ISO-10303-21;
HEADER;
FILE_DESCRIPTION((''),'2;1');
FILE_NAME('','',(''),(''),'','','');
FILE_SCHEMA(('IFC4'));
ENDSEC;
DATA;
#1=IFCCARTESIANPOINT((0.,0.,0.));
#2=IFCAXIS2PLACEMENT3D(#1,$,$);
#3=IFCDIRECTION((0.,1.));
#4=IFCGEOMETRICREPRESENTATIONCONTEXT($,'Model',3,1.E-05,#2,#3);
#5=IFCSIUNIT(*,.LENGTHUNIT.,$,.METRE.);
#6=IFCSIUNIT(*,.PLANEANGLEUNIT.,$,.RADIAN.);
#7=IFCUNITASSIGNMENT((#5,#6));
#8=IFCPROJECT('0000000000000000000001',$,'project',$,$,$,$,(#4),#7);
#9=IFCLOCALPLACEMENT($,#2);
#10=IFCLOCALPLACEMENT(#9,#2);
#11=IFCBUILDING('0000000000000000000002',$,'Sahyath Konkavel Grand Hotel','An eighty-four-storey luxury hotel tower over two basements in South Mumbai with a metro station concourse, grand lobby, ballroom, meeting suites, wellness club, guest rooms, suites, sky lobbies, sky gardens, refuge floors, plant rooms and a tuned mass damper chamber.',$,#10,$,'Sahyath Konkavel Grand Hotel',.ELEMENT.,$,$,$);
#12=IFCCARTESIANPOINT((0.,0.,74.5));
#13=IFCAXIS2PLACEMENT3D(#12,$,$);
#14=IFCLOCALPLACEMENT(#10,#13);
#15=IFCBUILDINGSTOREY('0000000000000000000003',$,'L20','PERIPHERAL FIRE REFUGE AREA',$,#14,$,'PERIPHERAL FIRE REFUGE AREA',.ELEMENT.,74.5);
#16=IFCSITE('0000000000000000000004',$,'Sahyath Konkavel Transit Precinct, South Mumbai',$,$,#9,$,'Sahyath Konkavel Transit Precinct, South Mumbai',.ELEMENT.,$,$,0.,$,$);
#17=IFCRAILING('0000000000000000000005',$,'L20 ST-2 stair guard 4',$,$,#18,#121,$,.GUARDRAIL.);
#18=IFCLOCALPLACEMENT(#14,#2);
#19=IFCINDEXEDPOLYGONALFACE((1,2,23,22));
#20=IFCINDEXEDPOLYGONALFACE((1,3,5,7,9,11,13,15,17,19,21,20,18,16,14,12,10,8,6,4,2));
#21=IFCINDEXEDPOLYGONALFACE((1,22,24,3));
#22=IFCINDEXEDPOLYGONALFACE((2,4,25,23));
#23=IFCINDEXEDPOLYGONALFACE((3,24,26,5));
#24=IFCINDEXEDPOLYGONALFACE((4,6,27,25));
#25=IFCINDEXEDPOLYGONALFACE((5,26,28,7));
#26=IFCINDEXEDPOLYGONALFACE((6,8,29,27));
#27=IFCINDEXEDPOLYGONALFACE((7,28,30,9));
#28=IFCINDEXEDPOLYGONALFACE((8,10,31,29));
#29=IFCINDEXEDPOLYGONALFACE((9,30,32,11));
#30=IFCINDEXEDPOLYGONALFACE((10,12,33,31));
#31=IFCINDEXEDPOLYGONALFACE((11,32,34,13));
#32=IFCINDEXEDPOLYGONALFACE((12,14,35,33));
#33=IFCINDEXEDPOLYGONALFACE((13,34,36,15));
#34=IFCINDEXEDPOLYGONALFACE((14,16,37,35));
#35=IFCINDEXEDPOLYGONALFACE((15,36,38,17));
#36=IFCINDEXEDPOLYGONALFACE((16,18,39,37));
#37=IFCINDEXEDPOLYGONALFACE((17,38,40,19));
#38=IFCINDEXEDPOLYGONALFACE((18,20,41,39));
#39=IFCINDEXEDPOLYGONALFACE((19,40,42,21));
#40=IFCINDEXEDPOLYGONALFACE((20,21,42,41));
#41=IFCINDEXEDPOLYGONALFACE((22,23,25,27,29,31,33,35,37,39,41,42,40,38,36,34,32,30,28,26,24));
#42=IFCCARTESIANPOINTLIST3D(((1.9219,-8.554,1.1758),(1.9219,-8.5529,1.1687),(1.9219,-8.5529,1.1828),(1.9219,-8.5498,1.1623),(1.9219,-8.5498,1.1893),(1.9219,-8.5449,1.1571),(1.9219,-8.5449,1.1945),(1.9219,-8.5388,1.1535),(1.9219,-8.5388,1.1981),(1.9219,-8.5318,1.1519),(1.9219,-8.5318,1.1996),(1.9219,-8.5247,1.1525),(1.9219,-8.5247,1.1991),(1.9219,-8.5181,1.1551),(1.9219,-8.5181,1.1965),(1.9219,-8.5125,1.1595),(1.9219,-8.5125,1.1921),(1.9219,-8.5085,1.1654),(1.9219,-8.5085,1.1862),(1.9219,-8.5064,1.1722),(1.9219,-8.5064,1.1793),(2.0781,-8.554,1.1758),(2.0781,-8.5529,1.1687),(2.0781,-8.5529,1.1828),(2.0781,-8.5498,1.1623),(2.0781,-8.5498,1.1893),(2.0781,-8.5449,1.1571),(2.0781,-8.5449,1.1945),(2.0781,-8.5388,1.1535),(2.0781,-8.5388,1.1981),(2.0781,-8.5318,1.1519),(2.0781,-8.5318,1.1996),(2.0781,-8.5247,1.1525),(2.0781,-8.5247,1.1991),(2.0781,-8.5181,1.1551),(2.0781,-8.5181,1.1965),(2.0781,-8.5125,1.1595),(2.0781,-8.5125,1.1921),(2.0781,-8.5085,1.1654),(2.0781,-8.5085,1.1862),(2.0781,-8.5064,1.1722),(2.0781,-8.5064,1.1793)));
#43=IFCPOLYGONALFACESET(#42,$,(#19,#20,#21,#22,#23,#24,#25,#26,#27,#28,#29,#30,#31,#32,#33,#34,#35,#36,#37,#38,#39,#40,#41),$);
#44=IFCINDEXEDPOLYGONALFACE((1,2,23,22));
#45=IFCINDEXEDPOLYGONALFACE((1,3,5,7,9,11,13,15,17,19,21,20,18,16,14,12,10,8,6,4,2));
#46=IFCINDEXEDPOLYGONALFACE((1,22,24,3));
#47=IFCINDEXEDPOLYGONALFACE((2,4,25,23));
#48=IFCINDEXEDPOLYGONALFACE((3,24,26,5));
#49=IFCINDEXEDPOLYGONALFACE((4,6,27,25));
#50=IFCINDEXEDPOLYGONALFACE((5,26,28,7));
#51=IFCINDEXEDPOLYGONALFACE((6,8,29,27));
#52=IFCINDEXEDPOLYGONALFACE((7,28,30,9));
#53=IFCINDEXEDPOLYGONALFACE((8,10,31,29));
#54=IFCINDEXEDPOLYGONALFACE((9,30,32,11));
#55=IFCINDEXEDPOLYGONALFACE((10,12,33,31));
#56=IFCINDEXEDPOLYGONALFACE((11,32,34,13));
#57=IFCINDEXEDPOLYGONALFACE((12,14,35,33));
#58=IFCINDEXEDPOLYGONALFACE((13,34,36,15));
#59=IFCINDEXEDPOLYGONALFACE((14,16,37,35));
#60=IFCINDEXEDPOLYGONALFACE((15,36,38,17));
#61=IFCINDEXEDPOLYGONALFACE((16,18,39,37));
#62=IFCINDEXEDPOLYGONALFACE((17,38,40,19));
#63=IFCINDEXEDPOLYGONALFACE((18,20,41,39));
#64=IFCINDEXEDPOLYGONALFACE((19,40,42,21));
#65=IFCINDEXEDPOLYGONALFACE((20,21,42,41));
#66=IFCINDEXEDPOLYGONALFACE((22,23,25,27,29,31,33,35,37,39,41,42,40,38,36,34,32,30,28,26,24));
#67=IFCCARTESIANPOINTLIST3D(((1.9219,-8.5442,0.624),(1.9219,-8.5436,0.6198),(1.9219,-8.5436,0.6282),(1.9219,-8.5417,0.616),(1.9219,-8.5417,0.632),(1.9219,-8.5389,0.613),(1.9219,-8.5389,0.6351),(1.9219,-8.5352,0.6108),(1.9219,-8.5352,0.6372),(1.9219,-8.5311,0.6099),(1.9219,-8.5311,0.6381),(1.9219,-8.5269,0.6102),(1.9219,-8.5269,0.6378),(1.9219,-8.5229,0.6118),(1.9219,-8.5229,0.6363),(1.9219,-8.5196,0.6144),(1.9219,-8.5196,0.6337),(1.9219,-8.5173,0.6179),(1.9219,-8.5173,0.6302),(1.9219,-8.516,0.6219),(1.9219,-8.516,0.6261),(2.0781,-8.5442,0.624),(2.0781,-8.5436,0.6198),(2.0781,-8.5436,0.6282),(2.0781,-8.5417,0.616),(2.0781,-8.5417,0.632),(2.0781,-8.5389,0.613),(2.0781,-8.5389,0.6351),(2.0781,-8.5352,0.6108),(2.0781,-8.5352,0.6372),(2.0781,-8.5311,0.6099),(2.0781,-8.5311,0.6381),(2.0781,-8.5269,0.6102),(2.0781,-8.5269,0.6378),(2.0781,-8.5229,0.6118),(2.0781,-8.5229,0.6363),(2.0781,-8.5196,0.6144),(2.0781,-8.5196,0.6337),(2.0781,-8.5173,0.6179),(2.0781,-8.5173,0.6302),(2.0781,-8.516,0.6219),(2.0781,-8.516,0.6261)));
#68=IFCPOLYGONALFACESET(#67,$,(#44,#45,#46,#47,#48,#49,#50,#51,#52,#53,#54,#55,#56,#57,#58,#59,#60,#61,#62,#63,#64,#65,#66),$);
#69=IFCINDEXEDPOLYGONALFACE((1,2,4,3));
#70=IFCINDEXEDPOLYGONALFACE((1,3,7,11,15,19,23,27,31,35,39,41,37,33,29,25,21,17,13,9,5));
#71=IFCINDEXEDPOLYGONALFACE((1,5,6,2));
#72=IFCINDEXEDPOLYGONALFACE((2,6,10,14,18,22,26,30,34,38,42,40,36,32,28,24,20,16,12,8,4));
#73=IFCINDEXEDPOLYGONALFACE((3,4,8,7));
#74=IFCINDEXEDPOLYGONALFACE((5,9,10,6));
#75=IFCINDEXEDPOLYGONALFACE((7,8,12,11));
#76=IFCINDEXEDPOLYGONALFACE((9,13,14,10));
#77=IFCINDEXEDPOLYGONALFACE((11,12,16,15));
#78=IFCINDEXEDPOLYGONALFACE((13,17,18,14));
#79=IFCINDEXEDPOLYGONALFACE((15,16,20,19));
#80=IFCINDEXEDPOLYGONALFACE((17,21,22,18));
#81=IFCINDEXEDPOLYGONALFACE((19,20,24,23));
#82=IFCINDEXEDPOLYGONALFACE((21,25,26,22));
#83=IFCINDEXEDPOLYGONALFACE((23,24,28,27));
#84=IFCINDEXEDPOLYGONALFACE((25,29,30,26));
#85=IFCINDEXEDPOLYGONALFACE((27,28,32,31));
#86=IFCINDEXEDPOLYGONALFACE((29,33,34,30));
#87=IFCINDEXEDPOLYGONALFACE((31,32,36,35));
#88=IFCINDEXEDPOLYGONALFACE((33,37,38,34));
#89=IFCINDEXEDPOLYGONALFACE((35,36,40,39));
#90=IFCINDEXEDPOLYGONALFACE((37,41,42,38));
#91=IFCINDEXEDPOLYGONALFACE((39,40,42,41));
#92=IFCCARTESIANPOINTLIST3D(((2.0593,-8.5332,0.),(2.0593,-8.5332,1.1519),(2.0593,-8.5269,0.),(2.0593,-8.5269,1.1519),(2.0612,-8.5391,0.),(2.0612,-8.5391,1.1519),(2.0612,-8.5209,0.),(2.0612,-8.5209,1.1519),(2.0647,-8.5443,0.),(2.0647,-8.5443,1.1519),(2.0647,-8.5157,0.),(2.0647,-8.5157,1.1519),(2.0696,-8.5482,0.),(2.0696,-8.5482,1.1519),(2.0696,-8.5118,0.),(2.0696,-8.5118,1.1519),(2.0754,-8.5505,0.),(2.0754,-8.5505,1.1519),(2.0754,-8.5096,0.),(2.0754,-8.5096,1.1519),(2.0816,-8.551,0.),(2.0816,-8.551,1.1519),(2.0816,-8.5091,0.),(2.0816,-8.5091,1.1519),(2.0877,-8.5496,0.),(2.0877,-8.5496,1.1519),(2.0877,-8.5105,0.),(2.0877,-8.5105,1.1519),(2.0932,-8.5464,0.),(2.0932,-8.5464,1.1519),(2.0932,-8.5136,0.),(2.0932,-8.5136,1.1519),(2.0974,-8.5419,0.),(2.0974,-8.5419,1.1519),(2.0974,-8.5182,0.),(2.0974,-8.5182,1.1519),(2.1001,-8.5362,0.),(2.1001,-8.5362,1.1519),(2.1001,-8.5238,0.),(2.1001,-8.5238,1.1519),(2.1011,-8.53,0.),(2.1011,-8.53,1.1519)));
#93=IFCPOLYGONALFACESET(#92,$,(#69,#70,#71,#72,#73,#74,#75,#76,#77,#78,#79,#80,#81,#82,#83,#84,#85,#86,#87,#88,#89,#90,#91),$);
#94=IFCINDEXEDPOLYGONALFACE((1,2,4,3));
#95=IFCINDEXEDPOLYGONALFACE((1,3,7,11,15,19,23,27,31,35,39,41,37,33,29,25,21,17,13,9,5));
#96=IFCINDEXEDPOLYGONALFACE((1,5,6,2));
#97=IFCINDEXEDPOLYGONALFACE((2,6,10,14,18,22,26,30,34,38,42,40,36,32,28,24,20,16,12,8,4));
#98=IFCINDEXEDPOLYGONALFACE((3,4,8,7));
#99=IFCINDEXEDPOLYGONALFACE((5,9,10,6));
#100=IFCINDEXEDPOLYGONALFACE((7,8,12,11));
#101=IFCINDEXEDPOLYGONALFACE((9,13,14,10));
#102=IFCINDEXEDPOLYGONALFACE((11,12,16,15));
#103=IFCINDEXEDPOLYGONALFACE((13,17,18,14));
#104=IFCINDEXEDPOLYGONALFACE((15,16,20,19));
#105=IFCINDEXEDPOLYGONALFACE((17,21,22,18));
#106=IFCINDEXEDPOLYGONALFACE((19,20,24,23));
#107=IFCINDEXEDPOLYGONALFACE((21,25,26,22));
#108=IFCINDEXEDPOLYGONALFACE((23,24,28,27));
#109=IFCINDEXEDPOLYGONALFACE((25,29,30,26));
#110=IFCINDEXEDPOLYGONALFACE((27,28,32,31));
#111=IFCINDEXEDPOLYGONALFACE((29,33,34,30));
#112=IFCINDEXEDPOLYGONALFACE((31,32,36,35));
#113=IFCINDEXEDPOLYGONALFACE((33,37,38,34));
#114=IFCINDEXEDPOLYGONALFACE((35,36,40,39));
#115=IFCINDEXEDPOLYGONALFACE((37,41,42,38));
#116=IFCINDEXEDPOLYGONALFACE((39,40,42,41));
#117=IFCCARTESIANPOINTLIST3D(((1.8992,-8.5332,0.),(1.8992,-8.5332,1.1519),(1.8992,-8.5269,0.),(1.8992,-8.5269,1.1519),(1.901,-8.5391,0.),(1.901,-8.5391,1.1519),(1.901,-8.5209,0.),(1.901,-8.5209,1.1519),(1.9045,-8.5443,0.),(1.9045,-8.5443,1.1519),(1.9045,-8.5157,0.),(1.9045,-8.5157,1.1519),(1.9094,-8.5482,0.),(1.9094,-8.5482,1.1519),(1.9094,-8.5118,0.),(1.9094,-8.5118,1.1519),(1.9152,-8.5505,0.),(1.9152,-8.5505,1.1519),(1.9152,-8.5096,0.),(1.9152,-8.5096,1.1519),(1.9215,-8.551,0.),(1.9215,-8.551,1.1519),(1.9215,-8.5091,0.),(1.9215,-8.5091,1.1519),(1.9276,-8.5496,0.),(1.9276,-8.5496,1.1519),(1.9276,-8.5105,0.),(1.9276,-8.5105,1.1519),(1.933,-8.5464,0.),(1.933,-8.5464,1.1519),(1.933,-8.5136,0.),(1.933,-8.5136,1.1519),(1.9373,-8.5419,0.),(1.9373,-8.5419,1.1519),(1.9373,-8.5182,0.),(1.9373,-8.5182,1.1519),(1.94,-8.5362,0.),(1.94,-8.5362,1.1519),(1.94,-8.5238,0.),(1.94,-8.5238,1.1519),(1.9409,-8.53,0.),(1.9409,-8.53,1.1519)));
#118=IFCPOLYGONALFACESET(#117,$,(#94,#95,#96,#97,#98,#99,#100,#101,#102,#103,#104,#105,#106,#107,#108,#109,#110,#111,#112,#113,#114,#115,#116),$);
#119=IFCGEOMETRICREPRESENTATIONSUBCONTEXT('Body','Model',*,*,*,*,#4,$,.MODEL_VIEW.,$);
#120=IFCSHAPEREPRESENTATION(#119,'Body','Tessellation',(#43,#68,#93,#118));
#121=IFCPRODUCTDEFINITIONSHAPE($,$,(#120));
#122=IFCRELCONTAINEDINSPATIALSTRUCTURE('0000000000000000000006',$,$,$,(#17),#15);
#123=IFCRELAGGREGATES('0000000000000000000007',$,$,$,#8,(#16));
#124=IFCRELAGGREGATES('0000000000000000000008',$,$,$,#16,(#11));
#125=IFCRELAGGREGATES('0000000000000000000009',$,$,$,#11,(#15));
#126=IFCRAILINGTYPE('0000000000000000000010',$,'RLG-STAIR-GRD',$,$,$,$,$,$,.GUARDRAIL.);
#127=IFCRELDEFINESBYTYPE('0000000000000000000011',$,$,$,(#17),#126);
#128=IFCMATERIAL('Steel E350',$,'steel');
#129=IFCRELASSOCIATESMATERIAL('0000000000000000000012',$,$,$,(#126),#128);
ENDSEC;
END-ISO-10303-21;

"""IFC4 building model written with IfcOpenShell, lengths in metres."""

from ifc_helpers import new_model, si_unit, direction, frame, origin, origin_2d, place, context, subcontext, project, spatial, circle, extrude, material, type_object, element, save


model = new_model("IFC4")

# Units and contexts
model_context = context("Model", 3, precision=1e-05, world=origin(), true_north=direction((0.0, 1.0)))
body_context = subcontext(model_context, "Body", "Model", "MODEL_VIEW")
ifc_project = project(units=[si_unit("LENGTHUNIT", "METRE"), si_unit("PLANEANGLEUNIT", "RADIAN")], contexts=[model_context])

# Site, building, storey
site_placement = place(None, origin())
site = spatial("IfcSite", under=ifc_project, at=site_placement, Name="Sahyath Konkavel Transit Precinct, South Mumbai", LongName="Sahyath Konkavel Transit Precinct, South Mumbai", CompositionType="ELEMENT", RefElevation=0.0)
building_placement = place(site_placement, origin())
building = spatial("IfcBuilding", under=site, at=building_placement, Name="Sahyath Konkavel Grand Hotel", Description="An eighty-four-storey luxury hotel tower over two basements in South Mumbai with a metro station concourse, grand lobby, ballroom, meeting suites, wellness club, guest rooms, suites, sky lobbies, sky gardens, refuge floors, plant rooms and a tuned mass damper chamber.", LongName="Sahyath Konkavel Grand Hotel", CompositionType="ELEMENT")
storey_placement = place(building_placement, frame((0.0, 0.0, 74.5)))
storey = spatial("IfcBuildingStorey", under=building, at=storey_placement, Name="L20", Description="PERIPHERAL FIRE REFUGE AREA", LongName="PERIPHERAL FIRE REFUGE AREA", CompositionType="ELEMENT", Elevation=74.5)

# Shared definitions
ifc_material_1 = material(Name="Steel E350", Category="steel")

# Railing
railing_type_1 = type_object("IfcRailingType", Name="RLG-STAIR-GRD", PredefinedType="GUARDRAIL", material=ifc_material_1)
railing_1_placement = place(storey_placement, frame((2.0801, -8.53, 0.0)))
element("IfcRailing", 1, at=railing_1_placement, inside=storey, type_object=railing_type_1, Name="L20 ST-2 stair guard 4", PredefinedType="GUARDRAIL", context=body_context, shape_type="SweptSolid", body=[
    extrude(circle(Radius=0.0239, at=origin_2d()), frame((-0.002, 0.0, 1.1758), z_axis=(-1.0, 0.0, 0.0), x_axis=(0.0, -1.0, 0.0)), (0.0, 0.0, 1.0), 0.1562),
    extrude(circle(Radius=0.0142, at=origin_2d()), frame((-0.002, 0.0, 0.624), z_axis=(-1.0, 0.0, 0.0), x_axis=(0.0, -1.0, 0.0)), (0.0, 0.0, 1.0), 0.1562),
    extrude(circle(Radius=0.021, at=origin_2d()), origin(), (0.0, 0.0, 1.0), 1.1519),
    extrude(circle(Radius=0.021, at=origin_2d()), frame((-0.1602, 0.0, 0.0)), (0.0, 0.0, 1.0), 1.1519),
])

save(model, "model.ifc")
